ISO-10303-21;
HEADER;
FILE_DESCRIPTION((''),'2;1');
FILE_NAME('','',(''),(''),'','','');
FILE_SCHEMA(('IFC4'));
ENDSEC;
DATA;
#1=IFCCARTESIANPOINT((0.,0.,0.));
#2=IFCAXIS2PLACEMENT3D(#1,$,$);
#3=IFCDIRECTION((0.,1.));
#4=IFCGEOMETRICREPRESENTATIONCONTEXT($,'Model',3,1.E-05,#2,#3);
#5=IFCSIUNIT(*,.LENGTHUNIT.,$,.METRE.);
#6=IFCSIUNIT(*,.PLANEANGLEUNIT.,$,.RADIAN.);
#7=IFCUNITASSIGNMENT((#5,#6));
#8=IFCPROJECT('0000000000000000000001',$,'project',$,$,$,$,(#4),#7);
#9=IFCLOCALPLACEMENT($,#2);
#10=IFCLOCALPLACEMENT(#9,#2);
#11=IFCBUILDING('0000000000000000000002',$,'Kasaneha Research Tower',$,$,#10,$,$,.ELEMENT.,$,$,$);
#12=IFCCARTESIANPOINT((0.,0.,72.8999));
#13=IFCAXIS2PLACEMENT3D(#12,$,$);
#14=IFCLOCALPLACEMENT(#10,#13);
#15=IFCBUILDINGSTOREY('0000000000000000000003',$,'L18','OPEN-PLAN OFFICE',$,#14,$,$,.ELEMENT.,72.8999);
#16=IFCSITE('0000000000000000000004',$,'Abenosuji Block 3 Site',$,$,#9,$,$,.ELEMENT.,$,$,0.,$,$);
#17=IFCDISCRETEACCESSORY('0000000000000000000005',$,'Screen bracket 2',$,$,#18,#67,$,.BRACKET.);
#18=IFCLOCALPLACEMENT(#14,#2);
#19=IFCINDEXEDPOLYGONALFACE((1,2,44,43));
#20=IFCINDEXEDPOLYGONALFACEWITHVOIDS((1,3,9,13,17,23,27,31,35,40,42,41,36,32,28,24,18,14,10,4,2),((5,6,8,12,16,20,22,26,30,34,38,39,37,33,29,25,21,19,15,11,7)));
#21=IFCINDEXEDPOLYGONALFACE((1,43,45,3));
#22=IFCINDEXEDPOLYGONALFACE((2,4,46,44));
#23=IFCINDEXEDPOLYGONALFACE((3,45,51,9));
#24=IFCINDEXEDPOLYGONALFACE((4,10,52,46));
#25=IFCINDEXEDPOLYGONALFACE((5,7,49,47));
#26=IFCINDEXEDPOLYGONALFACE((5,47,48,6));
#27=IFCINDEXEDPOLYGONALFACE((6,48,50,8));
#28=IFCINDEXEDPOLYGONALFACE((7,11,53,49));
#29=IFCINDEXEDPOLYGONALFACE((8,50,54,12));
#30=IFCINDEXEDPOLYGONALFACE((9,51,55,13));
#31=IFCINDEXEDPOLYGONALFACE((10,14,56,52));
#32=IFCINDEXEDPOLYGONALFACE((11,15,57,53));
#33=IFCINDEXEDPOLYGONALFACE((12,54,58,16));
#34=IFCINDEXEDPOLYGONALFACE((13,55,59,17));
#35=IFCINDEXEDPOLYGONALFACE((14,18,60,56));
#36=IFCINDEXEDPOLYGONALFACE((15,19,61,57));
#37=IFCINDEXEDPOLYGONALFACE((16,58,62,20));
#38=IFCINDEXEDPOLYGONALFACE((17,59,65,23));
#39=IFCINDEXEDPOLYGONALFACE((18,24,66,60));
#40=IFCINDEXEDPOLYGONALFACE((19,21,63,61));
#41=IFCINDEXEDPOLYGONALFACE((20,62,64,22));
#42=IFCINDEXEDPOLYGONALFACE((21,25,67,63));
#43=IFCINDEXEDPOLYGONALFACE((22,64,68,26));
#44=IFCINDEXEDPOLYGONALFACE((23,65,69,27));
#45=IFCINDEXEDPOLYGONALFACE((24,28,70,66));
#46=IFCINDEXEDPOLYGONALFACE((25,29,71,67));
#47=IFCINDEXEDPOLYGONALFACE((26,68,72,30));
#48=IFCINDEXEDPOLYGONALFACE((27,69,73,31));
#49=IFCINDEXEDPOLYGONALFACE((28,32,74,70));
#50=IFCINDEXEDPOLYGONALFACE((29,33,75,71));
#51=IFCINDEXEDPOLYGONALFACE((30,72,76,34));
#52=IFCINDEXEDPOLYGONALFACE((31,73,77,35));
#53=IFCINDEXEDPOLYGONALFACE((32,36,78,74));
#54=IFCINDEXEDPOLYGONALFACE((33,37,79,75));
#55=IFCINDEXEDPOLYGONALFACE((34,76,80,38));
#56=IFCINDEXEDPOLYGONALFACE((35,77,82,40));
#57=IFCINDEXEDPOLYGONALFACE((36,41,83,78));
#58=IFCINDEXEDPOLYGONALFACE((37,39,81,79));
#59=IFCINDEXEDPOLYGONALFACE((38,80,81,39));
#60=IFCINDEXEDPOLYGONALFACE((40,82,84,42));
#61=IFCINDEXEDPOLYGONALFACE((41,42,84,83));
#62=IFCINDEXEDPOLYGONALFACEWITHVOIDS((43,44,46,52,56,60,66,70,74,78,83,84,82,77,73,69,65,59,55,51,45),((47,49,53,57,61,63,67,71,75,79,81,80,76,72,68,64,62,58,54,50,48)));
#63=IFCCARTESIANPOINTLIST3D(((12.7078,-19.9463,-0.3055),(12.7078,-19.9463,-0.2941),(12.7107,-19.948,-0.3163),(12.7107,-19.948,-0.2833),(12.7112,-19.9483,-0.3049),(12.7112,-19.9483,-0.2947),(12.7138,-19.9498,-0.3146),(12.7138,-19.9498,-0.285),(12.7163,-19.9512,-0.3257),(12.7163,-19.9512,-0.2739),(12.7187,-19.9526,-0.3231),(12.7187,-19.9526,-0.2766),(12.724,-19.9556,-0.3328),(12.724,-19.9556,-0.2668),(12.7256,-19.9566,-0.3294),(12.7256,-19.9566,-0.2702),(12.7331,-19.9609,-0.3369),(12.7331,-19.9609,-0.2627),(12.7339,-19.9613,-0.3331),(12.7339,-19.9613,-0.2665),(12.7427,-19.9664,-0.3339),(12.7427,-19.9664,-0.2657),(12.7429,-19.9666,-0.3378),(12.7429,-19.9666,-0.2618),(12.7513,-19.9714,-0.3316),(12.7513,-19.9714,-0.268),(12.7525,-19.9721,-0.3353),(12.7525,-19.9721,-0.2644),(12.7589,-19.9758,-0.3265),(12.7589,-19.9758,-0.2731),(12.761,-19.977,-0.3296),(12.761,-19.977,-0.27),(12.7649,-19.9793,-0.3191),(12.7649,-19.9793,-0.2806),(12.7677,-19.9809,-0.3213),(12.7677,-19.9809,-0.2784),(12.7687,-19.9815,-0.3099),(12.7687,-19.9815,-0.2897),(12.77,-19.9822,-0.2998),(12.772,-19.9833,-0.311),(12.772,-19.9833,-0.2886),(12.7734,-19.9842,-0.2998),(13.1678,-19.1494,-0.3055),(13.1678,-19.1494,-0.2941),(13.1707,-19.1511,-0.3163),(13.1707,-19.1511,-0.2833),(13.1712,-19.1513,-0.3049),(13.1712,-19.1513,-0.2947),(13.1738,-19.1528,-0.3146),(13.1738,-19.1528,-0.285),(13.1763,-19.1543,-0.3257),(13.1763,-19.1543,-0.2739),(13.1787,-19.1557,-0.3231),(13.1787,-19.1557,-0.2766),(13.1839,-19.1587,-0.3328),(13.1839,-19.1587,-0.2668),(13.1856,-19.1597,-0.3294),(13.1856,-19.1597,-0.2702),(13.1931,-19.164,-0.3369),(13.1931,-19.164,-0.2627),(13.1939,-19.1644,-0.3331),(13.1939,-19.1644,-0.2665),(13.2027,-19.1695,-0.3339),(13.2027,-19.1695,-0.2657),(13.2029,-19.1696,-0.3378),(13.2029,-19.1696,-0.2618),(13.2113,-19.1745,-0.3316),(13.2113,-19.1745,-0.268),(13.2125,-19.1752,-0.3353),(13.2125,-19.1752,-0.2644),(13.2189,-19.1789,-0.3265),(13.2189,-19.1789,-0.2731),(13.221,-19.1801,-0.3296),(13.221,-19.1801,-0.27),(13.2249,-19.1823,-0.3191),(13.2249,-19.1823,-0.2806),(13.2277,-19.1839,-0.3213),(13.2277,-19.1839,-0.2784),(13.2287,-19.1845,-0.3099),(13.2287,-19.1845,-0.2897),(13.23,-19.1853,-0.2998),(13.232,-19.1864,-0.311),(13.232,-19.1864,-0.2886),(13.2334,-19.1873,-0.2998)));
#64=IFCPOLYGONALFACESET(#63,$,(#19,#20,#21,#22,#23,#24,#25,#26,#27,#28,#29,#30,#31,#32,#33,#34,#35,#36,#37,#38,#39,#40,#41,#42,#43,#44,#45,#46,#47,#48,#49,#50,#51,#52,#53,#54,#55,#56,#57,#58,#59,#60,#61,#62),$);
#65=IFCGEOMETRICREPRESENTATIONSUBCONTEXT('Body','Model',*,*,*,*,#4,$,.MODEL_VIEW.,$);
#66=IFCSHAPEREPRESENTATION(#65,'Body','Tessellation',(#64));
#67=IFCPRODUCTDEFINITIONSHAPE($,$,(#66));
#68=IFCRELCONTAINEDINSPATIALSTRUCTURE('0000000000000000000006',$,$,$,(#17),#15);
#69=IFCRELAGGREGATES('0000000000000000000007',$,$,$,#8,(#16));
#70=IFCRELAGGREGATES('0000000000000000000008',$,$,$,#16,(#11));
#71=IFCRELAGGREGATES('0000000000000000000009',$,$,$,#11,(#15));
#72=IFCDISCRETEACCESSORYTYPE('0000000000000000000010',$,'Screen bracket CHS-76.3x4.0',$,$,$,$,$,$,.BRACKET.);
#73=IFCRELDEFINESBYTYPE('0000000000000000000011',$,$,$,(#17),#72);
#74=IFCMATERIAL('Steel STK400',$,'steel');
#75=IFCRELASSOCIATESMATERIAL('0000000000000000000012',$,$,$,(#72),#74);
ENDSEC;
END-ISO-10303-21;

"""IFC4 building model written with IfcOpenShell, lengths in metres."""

from ifc_helpers import new_model, si_unit, direction, frame, origin, origin_2d, place, context, subcontext, project, spatial, hollow_circle, extrude, material, material_profile, profile_set, type_object, element, save


model = new_model("IFC4")

# Units and contexts
model_context = context("Model", 3, precision=1e-05, world=origin(), true_north=direction((0.0, 1.0)))
body_context = subcontext(model_context, "Body", "Model", "MODEL_VIEW")
ifc_project = project(units=[si_unit("LENGTHUNIT", "METRE"), si_unit("PLANEANGLEUNIT", "RADIAN")], contexts=[model_context])

# Site, building, storey
site_placement = place(None, origin())
site = spatial("IfcSite", under=ifc_project, at=site_placement, Name="Abenosuji Block 3 Site", CompositionType="ELEMENT", RefElevation=0.0)
building_placement = place(site_placement, origin())
building = spatial("IfcBuilding", under=site, at=building_placement, Name="Kasaneha Research Tower", CompositionType="ELEMENT")
storey_placement = place(building_placement, frame((0.0, 0.0, 72.8999)))
storey = spatial("IfcBuildingStorey", under=building, at=storey_placement, Name="L18", Description="OPEN-PLAN OFFICE", CompositionType="ELEMENT", Elevation=72.8999)

# Discrete accessory
ifc_material_1 = material(Name="Steel STK400", Category="steel")
ifc_material_profile_1 = material_profile(ifc_material_1, hollow_circle(Radius=0.0381, WallThickness=0.0039, at=origin_2d()), Name="CHS-76.3x4.0")
ifc_profile_set_1 = profile_set([ifc_material_profile_1], Name="Steel STK400")
discrete_accessory_type = type_object("IfcDiscreteAccessoryType", Name="Screen bracket CHS-76.3x4.0", PredefinedType="BRACKET", material=ifc_profile_set_1)
discrete_accessory_placement = place(storey_placement, frame((13.2004, -19.1682, -0.2998), z_axis=(-0.499906, -0.86608, 0.0), x_axis=(0.86608, -0.499906, 0.0)))
element("IfcDiscreteAccessory", 1, at=discrete_accessory_placement, inside=storey, type_object=discrete_accessory_type, Name="Screen bracket 2", PredefinedType="BRACKET", context=body_context, shape_type="SweptSolid", body=[
    extrude(hollow_circle(Radius=0.0381, WallThickness=0.0039, at=origin_2d()), origin(), (0.0, 0.0, 1.0), 0.9202),
])

save(model, "model.ifc")
